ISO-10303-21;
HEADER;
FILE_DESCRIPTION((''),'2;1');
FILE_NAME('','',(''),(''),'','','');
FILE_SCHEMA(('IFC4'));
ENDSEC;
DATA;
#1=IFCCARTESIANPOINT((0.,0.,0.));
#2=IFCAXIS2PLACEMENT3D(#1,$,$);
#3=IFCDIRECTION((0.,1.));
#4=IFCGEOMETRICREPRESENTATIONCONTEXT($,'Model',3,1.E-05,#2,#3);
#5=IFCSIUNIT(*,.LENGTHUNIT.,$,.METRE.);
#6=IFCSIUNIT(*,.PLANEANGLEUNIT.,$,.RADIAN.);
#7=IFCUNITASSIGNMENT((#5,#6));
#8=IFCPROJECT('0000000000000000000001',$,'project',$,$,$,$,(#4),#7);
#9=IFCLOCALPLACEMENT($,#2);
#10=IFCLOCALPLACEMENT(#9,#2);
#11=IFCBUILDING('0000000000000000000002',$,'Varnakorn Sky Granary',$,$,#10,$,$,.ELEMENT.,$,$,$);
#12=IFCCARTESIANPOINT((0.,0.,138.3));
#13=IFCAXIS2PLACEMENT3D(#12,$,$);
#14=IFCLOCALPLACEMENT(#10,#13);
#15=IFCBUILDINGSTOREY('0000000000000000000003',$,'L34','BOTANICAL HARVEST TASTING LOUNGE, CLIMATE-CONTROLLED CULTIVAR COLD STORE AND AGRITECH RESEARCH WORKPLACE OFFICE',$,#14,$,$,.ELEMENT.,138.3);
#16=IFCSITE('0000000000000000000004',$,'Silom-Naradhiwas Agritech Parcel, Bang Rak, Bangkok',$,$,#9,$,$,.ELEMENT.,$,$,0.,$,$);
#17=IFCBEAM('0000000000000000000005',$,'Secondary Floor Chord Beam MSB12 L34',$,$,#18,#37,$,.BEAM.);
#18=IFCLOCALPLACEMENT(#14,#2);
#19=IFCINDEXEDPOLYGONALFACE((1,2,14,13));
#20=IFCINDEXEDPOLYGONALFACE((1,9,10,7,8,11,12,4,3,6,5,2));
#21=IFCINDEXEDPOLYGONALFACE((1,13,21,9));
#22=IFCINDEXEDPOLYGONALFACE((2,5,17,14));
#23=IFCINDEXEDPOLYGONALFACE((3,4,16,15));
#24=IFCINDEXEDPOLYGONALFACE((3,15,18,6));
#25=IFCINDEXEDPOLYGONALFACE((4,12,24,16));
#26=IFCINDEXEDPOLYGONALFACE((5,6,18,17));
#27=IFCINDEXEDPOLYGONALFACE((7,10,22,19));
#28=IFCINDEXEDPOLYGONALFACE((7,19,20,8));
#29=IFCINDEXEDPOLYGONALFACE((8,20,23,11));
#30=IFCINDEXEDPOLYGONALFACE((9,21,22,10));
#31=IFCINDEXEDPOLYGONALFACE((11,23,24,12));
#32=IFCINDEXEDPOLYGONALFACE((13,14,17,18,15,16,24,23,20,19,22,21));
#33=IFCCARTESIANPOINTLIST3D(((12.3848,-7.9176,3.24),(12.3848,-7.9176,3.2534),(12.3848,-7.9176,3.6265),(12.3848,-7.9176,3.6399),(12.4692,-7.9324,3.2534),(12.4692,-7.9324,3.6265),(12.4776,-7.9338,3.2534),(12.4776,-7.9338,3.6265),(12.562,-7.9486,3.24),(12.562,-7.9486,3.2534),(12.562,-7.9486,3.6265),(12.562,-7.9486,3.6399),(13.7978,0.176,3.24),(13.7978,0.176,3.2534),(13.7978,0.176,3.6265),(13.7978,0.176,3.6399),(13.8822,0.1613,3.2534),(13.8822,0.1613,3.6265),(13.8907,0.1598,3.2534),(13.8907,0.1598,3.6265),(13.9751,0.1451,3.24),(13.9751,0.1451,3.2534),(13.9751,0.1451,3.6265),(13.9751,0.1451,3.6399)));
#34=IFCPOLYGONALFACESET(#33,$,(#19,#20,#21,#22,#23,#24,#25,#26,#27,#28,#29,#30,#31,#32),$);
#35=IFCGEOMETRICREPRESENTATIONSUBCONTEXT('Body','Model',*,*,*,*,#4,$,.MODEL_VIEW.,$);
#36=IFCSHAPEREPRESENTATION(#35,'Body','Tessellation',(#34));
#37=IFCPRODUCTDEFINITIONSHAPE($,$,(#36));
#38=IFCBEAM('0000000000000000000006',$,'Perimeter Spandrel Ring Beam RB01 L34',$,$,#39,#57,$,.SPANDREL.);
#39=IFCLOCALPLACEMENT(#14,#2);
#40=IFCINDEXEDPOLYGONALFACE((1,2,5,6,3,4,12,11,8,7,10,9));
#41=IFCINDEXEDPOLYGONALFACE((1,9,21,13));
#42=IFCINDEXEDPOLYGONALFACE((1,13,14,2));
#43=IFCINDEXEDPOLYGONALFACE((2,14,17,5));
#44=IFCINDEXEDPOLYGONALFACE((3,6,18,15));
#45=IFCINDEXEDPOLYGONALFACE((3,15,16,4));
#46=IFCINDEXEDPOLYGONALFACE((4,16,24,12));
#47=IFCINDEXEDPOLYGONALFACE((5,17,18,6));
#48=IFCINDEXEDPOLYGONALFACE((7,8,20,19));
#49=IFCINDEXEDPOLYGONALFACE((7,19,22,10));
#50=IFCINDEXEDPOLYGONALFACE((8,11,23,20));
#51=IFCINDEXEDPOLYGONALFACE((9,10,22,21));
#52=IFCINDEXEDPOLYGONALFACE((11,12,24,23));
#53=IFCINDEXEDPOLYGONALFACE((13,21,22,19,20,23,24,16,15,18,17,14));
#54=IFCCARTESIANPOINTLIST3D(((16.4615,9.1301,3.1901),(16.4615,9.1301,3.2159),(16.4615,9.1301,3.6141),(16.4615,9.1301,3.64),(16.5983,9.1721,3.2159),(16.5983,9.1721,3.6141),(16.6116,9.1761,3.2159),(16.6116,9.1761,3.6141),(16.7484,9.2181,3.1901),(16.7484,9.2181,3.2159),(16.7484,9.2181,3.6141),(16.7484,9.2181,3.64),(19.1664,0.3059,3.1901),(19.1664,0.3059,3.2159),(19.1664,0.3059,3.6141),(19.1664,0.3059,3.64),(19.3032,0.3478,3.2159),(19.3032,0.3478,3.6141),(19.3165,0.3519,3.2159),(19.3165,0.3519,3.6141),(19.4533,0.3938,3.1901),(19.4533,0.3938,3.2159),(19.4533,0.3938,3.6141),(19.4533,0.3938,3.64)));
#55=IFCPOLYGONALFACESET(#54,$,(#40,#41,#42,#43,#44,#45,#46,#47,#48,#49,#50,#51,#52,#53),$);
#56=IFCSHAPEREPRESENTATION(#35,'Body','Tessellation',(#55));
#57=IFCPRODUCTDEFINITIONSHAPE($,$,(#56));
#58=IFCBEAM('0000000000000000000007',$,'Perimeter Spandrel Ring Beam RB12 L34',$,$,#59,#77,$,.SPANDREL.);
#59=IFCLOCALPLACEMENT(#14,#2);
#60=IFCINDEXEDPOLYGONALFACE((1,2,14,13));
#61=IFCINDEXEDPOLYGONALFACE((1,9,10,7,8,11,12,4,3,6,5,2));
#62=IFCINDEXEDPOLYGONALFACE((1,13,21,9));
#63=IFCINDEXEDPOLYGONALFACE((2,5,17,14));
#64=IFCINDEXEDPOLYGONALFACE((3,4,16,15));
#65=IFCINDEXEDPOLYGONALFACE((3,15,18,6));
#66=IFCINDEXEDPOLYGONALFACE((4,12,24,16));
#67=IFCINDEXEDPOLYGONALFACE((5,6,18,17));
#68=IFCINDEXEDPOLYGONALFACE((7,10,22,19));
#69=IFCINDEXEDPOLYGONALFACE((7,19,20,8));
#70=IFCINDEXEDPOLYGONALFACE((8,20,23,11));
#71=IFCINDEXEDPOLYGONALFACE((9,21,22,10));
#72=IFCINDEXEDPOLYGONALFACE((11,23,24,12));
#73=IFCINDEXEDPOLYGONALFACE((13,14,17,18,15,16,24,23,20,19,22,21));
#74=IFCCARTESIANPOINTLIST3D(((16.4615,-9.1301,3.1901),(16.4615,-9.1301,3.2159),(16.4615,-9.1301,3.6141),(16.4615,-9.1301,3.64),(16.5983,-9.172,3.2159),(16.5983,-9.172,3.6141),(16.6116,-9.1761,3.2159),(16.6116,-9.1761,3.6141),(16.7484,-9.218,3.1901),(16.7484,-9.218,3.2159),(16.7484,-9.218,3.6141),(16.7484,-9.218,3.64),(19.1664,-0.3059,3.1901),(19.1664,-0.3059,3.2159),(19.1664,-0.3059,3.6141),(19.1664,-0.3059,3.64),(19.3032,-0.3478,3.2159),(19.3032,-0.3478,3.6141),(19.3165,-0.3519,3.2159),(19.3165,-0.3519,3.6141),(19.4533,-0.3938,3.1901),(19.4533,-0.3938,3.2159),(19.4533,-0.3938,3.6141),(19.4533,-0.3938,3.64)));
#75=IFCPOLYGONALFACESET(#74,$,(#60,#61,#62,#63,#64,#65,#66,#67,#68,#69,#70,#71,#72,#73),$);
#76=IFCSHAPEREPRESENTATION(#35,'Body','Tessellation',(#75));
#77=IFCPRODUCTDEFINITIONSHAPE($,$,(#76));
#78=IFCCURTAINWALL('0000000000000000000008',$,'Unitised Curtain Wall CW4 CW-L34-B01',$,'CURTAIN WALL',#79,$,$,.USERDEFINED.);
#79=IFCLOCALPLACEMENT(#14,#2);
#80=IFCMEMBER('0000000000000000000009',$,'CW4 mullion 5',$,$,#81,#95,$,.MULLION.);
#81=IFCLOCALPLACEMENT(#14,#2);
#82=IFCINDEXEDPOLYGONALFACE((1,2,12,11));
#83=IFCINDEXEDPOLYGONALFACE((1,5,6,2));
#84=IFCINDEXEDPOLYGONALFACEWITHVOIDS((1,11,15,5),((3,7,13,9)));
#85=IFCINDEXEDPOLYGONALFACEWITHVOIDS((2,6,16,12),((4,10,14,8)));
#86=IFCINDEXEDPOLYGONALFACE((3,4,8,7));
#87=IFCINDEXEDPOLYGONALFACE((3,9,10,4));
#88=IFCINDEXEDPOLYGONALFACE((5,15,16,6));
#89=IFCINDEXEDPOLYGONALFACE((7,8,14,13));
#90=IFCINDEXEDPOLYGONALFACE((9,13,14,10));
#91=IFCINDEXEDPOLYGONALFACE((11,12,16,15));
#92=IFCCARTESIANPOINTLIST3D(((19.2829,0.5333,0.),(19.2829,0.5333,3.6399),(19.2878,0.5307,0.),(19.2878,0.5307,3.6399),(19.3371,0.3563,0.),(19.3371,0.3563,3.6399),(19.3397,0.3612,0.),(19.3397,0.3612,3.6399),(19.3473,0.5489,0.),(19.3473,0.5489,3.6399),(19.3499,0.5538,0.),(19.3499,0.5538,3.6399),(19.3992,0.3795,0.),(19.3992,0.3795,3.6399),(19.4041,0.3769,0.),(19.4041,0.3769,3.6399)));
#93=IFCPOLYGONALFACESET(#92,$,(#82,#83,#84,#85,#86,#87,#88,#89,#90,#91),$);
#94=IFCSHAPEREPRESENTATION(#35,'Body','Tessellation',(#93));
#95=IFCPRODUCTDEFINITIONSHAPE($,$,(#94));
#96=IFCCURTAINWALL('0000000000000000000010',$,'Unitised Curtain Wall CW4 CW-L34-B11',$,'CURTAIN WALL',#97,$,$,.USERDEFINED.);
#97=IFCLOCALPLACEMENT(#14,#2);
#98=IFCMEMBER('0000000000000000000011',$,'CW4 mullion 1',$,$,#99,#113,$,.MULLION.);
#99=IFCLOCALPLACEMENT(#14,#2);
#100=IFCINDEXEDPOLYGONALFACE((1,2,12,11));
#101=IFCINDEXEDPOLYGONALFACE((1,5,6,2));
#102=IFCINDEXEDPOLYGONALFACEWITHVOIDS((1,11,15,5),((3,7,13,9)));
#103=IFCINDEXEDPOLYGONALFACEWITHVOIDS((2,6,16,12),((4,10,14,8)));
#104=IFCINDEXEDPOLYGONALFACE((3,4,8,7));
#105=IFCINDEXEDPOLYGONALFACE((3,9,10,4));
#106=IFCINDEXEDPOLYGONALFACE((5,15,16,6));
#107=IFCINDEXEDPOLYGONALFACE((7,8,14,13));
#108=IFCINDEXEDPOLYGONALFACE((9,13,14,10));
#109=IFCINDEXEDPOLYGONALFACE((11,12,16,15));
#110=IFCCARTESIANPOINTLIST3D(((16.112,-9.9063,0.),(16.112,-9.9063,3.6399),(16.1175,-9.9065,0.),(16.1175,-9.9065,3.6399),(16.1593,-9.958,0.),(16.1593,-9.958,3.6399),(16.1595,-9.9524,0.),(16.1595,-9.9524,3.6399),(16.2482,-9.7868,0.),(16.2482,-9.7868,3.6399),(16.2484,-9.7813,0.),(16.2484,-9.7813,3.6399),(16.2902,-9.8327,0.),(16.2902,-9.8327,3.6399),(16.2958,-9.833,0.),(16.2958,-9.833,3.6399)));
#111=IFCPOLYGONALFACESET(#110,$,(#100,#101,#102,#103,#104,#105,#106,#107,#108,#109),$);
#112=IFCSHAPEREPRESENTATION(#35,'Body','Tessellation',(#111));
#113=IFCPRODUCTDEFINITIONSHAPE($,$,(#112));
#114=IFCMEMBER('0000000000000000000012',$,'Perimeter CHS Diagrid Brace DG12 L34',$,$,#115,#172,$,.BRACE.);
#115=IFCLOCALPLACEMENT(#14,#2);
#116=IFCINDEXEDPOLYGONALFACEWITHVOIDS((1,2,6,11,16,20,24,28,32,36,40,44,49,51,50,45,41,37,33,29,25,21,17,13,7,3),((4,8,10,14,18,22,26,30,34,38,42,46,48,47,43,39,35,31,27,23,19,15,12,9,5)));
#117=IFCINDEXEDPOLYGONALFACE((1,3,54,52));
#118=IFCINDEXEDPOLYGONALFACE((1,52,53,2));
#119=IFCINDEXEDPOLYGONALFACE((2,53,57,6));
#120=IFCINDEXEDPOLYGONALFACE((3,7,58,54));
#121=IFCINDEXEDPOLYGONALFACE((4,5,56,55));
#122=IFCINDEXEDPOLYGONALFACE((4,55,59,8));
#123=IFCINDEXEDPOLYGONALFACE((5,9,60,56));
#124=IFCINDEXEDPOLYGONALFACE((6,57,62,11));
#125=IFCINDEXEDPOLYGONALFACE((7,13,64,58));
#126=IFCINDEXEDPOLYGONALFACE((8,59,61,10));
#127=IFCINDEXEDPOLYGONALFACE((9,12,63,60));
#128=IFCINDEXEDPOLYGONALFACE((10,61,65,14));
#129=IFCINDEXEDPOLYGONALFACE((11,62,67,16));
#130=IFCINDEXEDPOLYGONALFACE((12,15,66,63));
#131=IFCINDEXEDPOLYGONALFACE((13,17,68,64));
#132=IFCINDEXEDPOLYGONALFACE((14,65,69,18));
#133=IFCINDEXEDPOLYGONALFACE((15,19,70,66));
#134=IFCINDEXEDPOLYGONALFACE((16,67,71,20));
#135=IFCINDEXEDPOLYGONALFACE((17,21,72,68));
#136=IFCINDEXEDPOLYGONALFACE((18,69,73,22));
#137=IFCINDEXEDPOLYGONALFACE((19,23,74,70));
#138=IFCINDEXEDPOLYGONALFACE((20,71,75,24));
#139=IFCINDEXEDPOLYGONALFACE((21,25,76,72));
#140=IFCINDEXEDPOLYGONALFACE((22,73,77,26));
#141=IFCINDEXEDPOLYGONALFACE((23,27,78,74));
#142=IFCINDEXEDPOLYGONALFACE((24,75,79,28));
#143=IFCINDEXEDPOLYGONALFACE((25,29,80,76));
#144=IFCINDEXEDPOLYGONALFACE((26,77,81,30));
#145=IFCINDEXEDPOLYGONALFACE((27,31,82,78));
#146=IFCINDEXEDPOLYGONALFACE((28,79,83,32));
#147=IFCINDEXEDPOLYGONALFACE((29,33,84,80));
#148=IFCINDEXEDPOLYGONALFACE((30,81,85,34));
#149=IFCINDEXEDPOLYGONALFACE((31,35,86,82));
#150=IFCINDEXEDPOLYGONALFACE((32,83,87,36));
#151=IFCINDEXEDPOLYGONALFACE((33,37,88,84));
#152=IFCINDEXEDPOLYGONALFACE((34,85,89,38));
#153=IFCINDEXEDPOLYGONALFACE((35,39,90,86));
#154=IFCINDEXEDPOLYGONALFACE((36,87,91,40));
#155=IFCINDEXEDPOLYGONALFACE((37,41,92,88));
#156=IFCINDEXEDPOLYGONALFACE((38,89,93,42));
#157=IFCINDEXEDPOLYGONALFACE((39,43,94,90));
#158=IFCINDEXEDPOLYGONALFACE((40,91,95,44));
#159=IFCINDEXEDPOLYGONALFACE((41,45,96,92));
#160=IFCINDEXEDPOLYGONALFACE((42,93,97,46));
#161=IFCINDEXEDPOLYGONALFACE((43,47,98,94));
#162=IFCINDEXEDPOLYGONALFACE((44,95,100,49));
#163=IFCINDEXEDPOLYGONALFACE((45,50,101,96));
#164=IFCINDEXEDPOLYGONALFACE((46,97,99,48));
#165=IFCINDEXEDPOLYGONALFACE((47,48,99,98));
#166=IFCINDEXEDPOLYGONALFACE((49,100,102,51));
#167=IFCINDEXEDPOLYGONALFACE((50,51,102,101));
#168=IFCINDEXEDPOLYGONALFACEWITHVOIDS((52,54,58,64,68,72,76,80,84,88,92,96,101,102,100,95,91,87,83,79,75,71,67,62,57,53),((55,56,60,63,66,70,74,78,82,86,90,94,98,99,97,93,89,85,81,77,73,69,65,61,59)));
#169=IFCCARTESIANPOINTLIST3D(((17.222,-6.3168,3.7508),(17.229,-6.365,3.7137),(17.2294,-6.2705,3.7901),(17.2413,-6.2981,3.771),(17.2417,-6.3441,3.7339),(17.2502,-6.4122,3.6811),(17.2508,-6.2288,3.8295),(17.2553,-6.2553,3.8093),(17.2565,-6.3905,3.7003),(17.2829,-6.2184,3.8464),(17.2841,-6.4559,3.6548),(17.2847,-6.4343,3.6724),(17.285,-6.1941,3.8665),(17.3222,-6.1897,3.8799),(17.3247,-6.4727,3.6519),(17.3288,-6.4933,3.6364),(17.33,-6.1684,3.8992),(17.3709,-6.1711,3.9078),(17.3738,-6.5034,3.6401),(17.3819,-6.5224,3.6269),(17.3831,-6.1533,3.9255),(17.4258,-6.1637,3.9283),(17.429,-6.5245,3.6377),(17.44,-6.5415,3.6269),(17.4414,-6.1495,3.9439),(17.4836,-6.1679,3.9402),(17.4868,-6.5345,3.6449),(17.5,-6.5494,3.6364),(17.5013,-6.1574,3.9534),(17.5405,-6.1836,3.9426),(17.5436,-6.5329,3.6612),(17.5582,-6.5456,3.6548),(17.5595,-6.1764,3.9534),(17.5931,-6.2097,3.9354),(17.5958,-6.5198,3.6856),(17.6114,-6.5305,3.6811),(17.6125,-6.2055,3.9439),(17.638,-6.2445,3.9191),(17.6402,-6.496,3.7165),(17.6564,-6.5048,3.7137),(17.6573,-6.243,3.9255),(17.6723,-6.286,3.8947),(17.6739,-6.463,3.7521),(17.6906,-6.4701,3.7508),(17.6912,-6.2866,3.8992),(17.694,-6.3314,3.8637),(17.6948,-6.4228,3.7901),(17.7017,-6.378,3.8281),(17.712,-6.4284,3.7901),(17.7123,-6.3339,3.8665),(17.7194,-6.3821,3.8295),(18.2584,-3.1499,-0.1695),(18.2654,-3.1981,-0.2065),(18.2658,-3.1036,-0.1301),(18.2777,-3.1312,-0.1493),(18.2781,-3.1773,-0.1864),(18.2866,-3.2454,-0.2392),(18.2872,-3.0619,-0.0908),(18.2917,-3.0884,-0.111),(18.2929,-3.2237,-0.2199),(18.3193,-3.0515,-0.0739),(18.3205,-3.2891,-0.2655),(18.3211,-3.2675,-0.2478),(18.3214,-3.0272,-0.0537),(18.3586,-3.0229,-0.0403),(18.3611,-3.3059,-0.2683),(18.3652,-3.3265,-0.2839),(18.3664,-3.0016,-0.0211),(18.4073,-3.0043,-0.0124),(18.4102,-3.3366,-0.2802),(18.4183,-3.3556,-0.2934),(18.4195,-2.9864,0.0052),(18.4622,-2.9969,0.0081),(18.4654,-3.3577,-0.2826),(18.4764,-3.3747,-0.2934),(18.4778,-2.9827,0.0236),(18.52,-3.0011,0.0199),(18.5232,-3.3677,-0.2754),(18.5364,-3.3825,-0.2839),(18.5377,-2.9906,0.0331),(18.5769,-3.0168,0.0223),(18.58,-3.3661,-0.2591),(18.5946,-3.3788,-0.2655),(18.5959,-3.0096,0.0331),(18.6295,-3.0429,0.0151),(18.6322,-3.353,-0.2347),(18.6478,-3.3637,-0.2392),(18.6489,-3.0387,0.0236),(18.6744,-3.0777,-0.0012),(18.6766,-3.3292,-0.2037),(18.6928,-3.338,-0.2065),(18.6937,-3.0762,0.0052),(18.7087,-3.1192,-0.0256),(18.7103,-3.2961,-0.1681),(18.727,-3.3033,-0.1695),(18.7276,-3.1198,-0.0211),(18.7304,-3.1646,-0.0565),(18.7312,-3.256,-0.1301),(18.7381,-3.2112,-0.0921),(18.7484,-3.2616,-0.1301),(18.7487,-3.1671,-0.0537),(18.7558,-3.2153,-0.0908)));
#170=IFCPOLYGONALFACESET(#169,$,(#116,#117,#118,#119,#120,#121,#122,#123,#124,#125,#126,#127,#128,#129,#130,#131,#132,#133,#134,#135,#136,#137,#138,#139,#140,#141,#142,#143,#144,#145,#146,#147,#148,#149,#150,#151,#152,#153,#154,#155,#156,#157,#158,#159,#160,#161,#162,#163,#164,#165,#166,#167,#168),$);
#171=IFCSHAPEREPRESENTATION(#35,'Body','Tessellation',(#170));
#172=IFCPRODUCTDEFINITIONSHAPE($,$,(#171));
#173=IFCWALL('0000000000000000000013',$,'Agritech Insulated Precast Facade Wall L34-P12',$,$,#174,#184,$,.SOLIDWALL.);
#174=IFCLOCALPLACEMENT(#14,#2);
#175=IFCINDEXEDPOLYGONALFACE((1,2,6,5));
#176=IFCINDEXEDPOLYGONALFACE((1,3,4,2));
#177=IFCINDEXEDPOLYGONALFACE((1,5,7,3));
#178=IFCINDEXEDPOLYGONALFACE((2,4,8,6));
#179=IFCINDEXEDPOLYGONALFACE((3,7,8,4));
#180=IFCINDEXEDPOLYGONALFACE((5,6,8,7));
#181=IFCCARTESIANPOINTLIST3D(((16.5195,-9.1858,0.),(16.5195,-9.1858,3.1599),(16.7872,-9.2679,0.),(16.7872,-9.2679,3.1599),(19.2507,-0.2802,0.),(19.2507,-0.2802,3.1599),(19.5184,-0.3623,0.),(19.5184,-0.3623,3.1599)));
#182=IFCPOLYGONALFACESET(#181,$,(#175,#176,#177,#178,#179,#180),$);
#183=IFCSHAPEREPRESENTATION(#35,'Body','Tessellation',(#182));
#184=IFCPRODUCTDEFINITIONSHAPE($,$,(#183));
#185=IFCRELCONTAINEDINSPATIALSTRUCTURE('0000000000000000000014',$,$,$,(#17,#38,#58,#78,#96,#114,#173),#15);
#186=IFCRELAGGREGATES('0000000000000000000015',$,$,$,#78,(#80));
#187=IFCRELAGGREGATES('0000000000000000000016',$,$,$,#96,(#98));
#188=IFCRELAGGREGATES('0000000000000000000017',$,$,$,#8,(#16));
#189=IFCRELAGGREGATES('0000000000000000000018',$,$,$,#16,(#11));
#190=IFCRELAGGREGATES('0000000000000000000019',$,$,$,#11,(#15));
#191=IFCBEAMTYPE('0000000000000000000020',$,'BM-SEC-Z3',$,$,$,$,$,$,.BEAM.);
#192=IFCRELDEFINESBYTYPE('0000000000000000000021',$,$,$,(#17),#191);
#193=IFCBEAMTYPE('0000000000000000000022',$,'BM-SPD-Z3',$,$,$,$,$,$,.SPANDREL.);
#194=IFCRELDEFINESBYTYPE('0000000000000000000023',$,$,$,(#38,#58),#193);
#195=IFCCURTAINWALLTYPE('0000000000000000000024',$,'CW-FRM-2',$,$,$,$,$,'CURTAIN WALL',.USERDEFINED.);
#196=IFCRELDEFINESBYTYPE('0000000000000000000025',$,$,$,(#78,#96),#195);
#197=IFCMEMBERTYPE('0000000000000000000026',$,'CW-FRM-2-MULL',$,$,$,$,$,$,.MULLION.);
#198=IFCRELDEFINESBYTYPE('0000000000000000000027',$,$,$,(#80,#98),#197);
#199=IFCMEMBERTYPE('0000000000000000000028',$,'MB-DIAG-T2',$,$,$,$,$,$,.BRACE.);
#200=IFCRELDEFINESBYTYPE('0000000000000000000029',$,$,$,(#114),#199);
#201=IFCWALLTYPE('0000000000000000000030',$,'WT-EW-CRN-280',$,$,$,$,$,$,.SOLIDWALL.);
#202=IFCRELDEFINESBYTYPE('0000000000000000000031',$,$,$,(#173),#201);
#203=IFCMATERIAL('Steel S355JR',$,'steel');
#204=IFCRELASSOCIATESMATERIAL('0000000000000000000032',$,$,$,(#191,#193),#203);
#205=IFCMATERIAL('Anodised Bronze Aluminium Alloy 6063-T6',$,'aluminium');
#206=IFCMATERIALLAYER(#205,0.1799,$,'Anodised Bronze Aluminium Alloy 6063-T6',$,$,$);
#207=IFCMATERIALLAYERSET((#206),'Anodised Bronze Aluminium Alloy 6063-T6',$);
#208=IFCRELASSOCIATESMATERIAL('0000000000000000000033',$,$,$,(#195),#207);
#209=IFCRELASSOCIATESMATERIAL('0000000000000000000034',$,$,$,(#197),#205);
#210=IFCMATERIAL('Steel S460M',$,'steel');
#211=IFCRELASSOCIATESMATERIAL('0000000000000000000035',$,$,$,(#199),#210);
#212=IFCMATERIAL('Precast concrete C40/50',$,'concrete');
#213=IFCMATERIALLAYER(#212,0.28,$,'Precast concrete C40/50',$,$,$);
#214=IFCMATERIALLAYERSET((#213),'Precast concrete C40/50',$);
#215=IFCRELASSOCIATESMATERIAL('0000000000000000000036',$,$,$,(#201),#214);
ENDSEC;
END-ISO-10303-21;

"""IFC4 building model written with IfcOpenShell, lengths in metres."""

from ifc_helpers import new_model, si_unit, direction, frame, frame_2d, origin, origin_2d, place, context, subcontext, project, spatial, rectangle, hollow_rectangle, hollow_circle, i_section, extrude, material, layer, layer_set, material_profile, profile_set, type_object, element, aggregate, save


model = new_model("IFC4")

# Units and contexts
model_context = context("Model", 3, precision=1e-05, world=origin(), true_north=direction((0.0, 1.0)))
body_context = subcontext(model_context, "Body", "Model", "MODEL_VIEW")
ifc_project = project(units=[si_unit("LENGTHUNIT", "METRE"), si_unit("PLANEANGLEUNIT", "RADIAN")], contexts=[model_context])

# Site, building, storey
site_placement = place(None, origin())
site = spatial("IfcSite", under=ifc_project, at=site_placement, Name="Silom-Naradhiwas Agritech Parcel, Bang Rak, Bangkok", CompositionType="ELEMENT", RefElevation=0.0)
building_placement = place(site_placement, origin())
building = spatial("IfcBuilding", under=site, at=building_placement, Name="Varnakorn Sky Granary", CompositionType="ELEMENT")
storey_placement = place(building_placement, frame((0.0, 0.0, 138.3)))
storey = spatial("IfcBuildingStorey", under=building, at=storey_placement, Name="L34", Description="BOTANICAL HARVEST TASTING LOUNGE, CLIMATE-CONTROLLED CULTIVAR COLD STORE AND AGRITECH RESEARCH WORKPLACE OFFICE", CompositionType="ELEMENT", Elevation=138.3)

# Shared definitions
ifc_material_1 = material(Name="Steel S460M", Category="steel")

# Beams
ifc_material_2 = material(Name="Steel S355JR", Category="steel")
ifc_material_profile_1 = material_profile(ifc_material_2, i_section(OverallWidth=0.1799, OverallDepth=0.3999, WebThickness=0.0085, FlangeThickness=0.0134, at=origin_2d()), Name="IPE 400")
ifc_profile_set_1 = profile_set([ifc_material_profile_1], Name="Steel S355JR")
beam_type_1 = type_object("IfcBeamType", Name="BM-SEC-Z3", PredefinedType="BEAM", material=ifc_profile_set_1)
beam_1_placement = place(storey_placement, frame((12.4734, -7.9331, 3.4399), z_axis=(0.171988, 0.985099, 0.0), x_axis=(-0.985099, 0.171988, 0.0)))
element("IfcBeam", 1, at=beam_1_placement, inside=storey, type_object=beam_type_1, Name="Secondary Floor Chord Beam MSB12 L34", PredefinedType="BEAM", context=body_context, shape_type="SweptSolid", body=[
    extrude(i_section(OverallWidth=0.1799, OverallDepth=0.3999, WebThickness=0.0085, FlangeThickness=0.0134, at=origin_2d()), origin(), (0.0, 0.0, 1.0), 8.2161),
])
ifc_material_profile_2 = material_profile(ifc_material_2, i_section(OverallWidth=0.3, OverallDepth=0.45, WebThickness=0.0139, FlangeThickness=0.0259, at=origin_2d()), Name="HE 450 B")
ifc_profile_set_2 = profile_set([ifc_material_profile_2], Name="Steel S355JR")
beam_type_2 = type_object("IfcBeamType", Name="BM-SPD-Z3", PredefinedType="SPANDREL", material=ifc_profile_set_2)
for number, where, z_axis, x_axis, name in (
    (2, (19.3098, 0.3499, 3.415), (-0.293065, 0.956092, 0.0), (-0.956092, -0.293065, 0.0), "Perimeter Spandrel Ring Beam RB01 L34"),
    (3, (16.605, -9.1741, 3.415), (0.293065, 0.956092, 0.0), (-0.956092, 0.293065, 0.0), "Perimeter Spandrel Ring Beam RB12 L34"),
):
    element("IfcBeam", number, at=place(storey_placement, frame(where, z_axis=z_axis, x_axis=x_axis)), inside=storey, type_object=beam_type_2, Name=name, PredefinedType="SPANDREL", context=body_context, shape_type="SweptSolid", body=[
        extrude(i_section(OverallWidth=0.3, OverallDepth=0.45, WebThickness=0.0139, FlangeThickness=0.0259, at=origin_2d()), origin(), (0.0, 0.0, 1.0), 9.2295),
    ])

# Curtain walls, members
ifc_material_3 = material(Name="Anodised Bronze Aluminium Alloy 6063-T6", Category="aluminium")
ifc_layer_1 = layer(ifc_material_3, 0.1799, Name="Anodised Bronze Aluminium Alloy 6063-T6")
ifc_layer_set_1 = layer_set([ifc_layer_1], Name="Anodised Bronze Aluminium Alloy 6063-T6")
curtain_wall_type = type_object("IfcCurtainWallType", Name="CW-FRM-2", ElementType="CURTAIN WALL", PredefinedType="USERDEFINED", material=ifc_layer_set_1)
curtain_wall_1_placement = place(storey_placement, origin())
curtain_wall_1 = element("IfcCurtainWall", 4, at=curtain_wall_1_placement, inside=storey, type_object=curtain_wall_type, Name="Unitised Curtain Wall CW4 CW-L34-B01", ObjectType="CURTAIN WALL", PredefinedType="USERDEFINED")
ifc_material_profile_3 = material_profile(ifc_material_3, hollow_rectangle(XDim=0.0701, YDim=0.1851, WallThickness=0.0039, at=origin_2d()), Name="ALU MULL 70x185")
ifc_profile_set_3 = profile_set([ifc_material_profile_3], Name="Anodised Bronze Aluminium Alloy 6063-T6")
member_type_1 = type_object("IfcMemberType", Name="CW-FRM-2-MULL", PredefinedType="MULLION", material=ifc_profile_set_3)
member_1_placement = place(storey_placement, frame((19.3435, 0.4551, 0.0), z_axis=(0.0, 0.0, 1.0), x_axis=(0.956053, 0.293193, 0.0)))
member_1 = element("IfcMember", 5, at=member_1_placement, type_object=member_type_1, Name="CW4 mullion 5", PredefinedType="MULLION", context=body_context, shape_type="SweptSolid", body=[
    extrude(hollow_rectangle(XDim=0.0701, YDim=0.1851, WallThickness=0.0039, at=origin_2d()), origin(), (0.0, 0.0, 1.0), 3.6399),
])
aggregate(curtain_wall_1, [member_1])
curtain_wall_2_placement = place(storey_placement, origin())
curtain_wall_2 = element("IfcCurtainWall", 6, at=curtain_wall_2_placement, inside=storey, type_object=curtain_wall_type, Name="Unitised Curtain Wall CW4 CW-L34-B11", ObjectType="CURTAIN WALL", PredefinedType="USERDEFINED")
member_2_placement = place(storey_placement, frame((16.2039, -9.8696, 0.0), z_axis=(0.0, 0.0, 1.0), x_axis=(0.675438, -0.737417, 0.0)))
member_2 = element("IfcMember", 7, at=member_2_placement, type_object=member_type_1, Name="CW4 mullion 1", PredefinedType="MULLION", context=body_context, shape_type="SweptSolid", body=[
    extrude(hollow_rectangle(XDim=0.0701, YDim=0.1851, WallThickness=0.0039, at=origin_2d()), origin(), (0.0, 0.0, 1.0), 3.6399),
])
aggregate(curtain_wall_2, [member_2])

# Member
ifc_material_profile_4 = material_profile(ifc_material_1, hollow_circle(Radius=0.2539, WallThickness=0.0181, at=origin_2d()), Name="CHS 508x18")
ifc_profile_set_4 = profile_set([ifc_material_profile_4], Name="Steel S460M")
member_type_2 = type_object("IfcMemberType", Name="MB-DIAG-T2", PredefinedType="BRACE", material=ifc_profile_set_4)
member_3_placement = place(storey_placement, frame((18.5071, -3.1826, -0.1301), z_axis=(-0.201437, -0.615511, 0.761951), x_axis=(0.950398, -0.311035, 0.0)))
element("IfcMember", 8, at=member_3_placement, inside=storey, type_object=member_type_2, Name="Perimeter CHS Diagrid Brace DG12 L34", PredefinedType="BRACE", context=body_context, shape_type="SweptSolid", body=[
    extrude(hollow_circle(Radius=0.2539, WallThickness=0.0181, at=origin_2d()), origin(), (0.0, 0.0, 1.0), 5.145),
])

# Wall
ifc_material_4 = material(Name="Precast concrete C40/50", Category="concrete")
ifc_layer_2 = layer(ifc_material_4, 0.28, Name="Precast concrete C40/50")
ifc_layer_set_2 = layer_set([ifc_layer_2], Name="Precast concrete C40/50")
wall_type_1 = type_object("IfcWallType", Name="WT-EW-CRN-280", PredefinedType="SOLIDWALL", material=ifc_layer_set_2)
wall_1_placement = place(storey_placement, frame((19.3845, -0.3213, 0.0), z_axis=(0.0, 0.0, 1.0), x_axis=(-0.293207, -0.956049, 0.0)))
element("IfcWall", 9, at=wall_1_placement, inside=storey, type_object=wall_type_1, Name="Agritech Insulated Precast Facade Wall L34-P12", PredefinedType="SOLIDWALL", context=body_context, shape_type="SweptSolid", body=[
    extrude(rectangle(XDim=9.3149, YDim=0.28, at=frame_2d((4.6575, 0.0))), origin(), (0.0, 0.0, 1.0), 3.1599),
])

save(model, "model.ifc")
